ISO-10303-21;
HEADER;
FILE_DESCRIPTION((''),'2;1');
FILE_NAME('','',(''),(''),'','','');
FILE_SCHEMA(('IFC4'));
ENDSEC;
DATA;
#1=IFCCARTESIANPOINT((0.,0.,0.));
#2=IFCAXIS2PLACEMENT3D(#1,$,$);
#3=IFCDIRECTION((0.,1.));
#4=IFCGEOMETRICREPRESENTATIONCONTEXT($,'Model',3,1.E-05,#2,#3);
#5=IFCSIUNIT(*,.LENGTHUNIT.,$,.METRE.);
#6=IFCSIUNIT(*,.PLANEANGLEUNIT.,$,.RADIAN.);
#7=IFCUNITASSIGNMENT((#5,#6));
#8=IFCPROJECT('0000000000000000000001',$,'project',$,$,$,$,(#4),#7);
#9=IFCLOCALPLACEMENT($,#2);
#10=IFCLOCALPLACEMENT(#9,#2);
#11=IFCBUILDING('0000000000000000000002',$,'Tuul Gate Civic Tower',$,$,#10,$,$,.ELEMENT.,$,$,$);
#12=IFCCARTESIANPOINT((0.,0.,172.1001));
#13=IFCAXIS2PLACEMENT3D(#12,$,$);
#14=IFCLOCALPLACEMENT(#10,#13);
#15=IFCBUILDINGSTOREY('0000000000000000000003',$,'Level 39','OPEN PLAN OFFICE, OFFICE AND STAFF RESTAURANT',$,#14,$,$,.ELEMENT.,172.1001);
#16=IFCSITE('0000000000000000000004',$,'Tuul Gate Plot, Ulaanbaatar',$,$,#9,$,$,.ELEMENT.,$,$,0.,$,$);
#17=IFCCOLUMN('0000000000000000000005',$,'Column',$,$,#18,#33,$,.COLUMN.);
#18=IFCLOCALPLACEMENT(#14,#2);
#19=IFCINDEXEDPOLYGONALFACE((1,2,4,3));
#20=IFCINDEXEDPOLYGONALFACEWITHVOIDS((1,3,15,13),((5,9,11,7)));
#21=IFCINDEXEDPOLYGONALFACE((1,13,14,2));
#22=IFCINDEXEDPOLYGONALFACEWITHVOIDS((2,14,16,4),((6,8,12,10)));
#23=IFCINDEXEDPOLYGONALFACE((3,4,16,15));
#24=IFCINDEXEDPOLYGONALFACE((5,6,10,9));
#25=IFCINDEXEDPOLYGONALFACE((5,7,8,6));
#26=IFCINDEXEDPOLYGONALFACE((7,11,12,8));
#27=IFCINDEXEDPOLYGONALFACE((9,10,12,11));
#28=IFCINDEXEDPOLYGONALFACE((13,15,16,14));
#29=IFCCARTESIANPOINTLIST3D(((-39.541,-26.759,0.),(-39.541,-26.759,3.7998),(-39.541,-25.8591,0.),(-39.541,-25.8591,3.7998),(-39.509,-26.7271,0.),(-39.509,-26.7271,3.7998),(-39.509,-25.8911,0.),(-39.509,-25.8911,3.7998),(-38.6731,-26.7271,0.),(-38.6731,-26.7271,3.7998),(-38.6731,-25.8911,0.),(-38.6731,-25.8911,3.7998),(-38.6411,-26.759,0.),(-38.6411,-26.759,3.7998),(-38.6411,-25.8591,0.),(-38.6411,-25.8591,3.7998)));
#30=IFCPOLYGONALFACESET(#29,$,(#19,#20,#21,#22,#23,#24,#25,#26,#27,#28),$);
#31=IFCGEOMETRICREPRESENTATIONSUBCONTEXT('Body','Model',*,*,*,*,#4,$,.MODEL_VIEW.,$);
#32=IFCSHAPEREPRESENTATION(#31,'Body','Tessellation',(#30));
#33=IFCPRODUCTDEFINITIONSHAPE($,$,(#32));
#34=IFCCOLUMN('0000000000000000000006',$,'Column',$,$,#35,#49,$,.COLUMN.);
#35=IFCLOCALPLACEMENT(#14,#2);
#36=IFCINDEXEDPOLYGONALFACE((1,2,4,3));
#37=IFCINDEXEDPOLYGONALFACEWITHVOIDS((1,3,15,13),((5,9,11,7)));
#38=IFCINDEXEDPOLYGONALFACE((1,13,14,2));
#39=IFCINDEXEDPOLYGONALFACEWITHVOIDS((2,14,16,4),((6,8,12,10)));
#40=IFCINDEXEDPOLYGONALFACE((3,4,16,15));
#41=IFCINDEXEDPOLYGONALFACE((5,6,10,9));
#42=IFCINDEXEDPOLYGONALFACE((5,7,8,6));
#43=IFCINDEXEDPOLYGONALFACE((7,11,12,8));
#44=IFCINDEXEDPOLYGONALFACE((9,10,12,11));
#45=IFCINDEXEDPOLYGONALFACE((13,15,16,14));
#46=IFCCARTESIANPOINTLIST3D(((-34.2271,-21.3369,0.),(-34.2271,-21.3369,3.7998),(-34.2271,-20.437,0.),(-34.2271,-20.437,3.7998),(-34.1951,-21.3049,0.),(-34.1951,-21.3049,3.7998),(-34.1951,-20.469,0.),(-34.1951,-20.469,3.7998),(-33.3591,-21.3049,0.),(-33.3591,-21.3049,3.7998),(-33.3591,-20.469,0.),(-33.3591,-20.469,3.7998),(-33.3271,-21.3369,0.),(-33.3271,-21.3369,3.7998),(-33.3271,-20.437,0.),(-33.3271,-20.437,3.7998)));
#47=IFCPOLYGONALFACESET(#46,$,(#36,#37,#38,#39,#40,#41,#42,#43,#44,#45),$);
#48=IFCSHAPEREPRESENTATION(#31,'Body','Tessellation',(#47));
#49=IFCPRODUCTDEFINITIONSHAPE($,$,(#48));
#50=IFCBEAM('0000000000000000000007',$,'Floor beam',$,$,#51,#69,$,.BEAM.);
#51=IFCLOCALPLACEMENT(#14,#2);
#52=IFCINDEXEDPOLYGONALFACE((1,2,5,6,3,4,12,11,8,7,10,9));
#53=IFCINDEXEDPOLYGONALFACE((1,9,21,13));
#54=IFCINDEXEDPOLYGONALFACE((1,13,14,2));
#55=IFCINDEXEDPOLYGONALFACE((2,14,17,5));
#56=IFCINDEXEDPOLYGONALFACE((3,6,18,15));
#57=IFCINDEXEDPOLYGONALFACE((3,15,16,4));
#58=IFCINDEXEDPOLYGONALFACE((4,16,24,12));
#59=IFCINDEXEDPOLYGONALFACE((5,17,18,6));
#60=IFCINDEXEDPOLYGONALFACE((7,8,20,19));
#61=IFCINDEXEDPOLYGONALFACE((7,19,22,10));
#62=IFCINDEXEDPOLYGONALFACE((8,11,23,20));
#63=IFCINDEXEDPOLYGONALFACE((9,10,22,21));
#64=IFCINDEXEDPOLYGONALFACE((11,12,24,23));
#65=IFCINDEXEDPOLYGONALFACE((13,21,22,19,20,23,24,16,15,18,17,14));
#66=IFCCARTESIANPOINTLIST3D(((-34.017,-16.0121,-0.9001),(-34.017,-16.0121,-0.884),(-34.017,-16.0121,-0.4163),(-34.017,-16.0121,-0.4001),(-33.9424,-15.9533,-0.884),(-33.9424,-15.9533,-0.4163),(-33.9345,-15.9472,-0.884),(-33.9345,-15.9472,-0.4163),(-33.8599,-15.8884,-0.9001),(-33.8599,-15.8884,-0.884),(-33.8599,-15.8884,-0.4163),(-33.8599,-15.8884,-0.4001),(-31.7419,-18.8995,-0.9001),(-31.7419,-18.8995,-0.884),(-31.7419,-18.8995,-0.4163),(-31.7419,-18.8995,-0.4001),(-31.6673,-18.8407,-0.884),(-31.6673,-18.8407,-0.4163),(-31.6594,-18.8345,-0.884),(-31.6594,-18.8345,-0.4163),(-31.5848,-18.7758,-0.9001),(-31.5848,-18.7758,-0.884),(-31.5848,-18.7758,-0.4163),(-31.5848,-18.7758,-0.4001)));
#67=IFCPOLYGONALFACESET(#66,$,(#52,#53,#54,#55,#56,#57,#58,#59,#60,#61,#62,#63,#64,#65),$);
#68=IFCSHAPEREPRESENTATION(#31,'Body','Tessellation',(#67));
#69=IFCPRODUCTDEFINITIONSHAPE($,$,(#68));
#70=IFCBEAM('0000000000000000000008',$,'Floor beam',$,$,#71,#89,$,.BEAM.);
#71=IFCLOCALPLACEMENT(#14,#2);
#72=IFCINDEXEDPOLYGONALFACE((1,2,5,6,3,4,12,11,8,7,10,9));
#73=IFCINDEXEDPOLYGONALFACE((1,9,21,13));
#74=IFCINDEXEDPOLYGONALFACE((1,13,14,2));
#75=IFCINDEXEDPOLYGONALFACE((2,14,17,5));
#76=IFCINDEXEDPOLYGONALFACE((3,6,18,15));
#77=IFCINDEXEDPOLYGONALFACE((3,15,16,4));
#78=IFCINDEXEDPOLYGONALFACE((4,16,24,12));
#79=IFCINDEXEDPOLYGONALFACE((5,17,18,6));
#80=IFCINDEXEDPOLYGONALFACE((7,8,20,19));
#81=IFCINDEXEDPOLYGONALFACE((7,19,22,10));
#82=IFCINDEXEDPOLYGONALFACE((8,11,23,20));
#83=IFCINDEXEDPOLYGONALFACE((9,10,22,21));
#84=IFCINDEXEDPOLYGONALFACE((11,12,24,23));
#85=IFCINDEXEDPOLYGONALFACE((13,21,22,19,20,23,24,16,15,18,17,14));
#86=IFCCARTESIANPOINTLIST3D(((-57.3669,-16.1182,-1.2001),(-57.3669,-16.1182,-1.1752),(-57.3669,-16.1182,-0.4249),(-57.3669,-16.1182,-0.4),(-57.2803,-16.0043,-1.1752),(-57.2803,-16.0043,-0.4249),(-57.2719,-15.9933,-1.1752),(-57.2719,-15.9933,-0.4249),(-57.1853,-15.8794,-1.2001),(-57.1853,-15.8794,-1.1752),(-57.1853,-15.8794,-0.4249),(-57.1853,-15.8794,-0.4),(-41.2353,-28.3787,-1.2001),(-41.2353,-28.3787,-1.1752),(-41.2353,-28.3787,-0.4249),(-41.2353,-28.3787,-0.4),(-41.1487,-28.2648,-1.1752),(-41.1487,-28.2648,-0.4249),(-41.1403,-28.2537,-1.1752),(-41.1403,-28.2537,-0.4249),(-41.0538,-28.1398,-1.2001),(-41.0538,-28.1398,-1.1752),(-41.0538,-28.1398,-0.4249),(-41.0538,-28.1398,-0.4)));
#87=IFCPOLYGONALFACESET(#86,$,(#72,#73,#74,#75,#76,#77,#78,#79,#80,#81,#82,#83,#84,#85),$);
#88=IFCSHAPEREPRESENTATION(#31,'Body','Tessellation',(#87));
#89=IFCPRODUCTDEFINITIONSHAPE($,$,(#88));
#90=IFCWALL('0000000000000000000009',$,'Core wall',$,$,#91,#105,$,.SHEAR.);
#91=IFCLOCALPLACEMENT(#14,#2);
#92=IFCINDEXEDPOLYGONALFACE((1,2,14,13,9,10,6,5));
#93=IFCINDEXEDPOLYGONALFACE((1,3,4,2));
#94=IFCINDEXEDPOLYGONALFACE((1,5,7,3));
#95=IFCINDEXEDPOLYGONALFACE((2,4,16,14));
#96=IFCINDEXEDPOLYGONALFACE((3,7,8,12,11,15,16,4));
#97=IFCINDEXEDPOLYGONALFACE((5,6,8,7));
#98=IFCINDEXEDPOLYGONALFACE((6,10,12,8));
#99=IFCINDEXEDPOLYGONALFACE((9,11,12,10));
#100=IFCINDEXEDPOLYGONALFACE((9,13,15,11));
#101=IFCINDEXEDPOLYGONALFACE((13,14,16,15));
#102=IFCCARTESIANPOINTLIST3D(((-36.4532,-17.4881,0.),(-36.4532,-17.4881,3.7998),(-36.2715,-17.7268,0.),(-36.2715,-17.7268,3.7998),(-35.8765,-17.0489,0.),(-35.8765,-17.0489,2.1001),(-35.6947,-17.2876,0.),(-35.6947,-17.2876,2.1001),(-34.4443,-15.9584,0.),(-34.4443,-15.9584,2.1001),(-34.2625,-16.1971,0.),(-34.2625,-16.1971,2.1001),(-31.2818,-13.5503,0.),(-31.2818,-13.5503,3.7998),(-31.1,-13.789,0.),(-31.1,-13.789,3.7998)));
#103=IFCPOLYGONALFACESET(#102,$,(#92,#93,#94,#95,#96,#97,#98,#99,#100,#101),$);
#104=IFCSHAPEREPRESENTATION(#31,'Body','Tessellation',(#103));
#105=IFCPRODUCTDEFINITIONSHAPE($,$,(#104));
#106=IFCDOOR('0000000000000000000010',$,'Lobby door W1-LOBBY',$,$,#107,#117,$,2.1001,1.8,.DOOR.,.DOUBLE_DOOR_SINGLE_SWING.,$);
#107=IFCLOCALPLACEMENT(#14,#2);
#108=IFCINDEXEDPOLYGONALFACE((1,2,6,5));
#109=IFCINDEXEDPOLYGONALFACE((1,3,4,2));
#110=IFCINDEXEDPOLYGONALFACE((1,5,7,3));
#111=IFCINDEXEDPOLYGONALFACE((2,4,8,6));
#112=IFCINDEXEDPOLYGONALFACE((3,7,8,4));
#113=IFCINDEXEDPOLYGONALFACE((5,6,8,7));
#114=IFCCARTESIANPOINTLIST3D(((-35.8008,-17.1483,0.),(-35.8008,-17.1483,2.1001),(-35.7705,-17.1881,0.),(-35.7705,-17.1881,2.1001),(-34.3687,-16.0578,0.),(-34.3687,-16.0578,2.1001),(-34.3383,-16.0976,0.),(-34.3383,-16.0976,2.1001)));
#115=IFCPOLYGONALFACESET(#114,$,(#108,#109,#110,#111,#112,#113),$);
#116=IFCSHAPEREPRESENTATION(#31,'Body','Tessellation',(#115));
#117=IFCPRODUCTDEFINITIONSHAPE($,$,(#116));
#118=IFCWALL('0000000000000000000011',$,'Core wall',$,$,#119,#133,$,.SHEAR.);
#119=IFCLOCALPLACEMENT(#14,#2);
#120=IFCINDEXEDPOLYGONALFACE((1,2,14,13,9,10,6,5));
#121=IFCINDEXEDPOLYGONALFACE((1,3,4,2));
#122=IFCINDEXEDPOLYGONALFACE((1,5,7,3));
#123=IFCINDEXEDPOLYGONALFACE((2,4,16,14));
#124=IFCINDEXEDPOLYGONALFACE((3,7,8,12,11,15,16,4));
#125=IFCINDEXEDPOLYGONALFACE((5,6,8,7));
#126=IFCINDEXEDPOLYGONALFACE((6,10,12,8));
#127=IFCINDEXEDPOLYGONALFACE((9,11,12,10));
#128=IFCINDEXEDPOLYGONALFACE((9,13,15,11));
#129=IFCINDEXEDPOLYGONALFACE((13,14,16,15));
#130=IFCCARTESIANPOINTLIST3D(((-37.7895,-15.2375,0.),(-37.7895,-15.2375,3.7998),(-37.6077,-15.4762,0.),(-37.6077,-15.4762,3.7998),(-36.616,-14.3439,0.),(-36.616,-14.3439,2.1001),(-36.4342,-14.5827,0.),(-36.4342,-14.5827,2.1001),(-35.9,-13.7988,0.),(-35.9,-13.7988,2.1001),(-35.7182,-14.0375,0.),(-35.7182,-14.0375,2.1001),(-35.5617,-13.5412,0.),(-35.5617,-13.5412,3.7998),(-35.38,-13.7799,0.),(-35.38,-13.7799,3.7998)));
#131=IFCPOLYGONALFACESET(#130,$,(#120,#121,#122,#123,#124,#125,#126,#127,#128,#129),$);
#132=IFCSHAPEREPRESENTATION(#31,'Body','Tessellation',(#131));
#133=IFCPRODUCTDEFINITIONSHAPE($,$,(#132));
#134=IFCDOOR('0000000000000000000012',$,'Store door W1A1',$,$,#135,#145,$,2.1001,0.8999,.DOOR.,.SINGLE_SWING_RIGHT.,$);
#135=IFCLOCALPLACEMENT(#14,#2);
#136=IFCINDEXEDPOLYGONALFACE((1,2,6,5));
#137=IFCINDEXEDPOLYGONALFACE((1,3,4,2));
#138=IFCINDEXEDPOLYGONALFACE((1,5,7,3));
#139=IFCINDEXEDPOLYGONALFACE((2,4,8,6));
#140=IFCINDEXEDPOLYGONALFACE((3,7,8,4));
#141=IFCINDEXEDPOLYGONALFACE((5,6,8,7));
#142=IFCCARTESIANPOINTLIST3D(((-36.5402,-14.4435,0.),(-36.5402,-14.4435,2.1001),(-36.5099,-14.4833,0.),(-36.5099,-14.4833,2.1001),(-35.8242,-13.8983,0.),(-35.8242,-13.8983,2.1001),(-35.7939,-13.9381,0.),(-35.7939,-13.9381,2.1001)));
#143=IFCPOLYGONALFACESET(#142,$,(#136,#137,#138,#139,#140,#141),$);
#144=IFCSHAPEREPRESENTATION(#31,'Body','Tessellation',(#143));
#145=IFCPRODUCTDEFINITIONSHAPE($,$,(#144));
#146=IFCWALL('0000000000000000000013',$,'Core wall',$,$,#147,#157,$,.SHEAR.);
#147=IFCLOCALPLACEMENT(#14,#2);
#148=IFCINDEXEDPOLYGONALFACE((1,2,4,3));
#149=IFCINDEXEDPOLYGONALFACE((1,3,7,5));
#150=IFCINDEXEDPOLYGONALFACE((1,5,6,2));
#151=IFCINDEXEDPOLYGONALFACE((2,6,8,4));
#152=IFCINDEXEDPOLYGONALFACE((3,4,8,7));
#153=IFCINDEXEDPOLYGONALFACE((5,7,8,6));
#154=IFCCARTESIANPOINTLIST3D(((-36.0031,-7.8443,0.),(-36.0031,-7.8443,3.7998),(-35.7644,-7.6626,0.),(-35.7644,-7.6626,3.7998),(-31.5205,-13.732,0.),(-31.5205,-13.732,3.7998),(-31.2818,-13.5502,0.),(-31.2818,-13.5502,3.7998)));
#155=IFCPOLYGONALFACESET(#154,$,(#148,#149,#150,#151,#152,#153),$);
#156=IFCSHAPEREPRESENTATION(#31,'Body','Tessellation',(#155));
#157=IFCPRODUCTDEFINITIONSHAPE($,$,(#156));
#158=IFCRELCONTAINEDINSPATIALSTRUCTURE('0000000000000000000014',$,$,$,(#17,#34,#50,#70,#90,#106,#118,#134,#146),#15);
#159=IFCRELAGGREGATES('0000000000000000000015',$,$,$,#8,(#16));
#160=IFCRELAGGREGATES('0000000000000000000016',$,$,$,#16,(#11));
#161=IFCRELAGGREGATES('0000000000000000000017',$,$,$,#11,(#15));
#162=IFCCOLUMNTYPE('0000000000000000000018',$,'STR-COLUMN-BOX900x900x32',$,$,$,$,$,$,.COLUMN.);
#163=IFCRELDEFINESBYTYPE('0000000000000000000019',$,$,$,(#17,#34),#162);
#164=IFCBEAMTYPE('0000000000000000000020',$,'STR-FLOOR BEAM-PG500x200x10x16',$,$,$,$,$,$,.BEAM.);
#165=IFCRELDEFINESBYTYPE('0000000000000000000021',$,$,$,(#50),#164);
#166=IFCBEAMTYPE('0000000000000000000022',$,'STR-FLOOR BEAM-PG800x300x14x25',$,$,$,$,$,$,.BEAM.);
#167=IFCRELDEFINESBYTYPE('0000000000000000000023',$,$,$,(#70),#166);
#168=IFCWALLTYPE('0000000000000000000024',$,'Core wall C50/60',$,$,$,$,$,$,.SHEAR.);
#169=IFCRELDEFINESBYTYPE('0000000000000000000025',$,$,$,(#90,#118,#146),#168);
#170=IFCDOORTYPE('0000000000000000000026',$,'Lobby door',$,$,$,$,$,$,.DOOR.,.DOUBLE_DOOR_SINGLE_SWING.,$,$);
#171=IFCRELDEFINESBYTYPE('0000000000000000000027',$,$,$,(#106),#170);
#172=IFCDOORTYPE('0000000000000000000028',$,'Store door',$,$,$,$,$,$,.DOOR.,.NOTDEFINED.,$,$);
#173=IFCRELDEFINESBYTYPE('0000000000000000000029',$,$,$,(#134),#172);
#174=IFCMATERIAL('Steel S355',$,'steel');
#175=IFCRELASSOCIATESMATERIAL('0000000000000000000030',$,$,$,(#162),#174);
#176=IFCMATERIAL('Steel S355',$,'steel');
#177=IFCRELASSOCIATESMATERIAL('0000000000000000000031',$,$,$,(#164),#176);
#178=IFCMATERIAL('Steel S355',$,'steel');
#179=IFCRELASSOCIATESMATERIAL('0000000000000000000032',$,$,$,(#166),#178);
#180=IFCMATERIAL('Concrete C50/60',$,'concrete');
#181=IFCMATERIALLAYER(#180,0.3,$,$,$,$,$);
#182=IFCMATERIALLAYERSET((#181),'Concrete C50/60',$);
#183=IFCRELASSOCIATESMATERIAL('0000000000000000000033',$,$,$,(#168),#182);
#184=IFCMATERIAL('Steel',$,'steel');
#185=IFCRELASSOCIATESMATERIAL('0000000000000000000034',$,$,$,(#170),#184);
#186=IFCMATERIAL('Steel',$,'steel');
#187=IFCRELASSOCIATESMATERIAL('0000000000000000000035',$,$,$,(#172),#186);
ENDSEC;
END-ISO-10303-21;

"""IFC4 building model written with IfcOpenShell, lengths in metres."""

from ifc_helpers import new_model, si_unit, direction, frame, frame_2d, origin, origin_2d, place, context, subcontext, project, spatial, rectangle, hollow_rectangle, i_section, extrude, material, layer, layer_set, material_profile, profile_set, type_object, element, fill, save


model = new_model("IFC4")

# Units and contexts
model_context = context("Model", 3, precision=1e-05, world=origin(), true_north=direction((0.0, 1.0)))
body_context = subcontext(model_context, "Body", "Model", "MODEL_VIEW")
ifc_project = project(units=[si_unit("LENGTHUNIT", "METRE"), si_unit("PLANEANGLEUNIT", "RADIAN")], contexts=[model_context])

# Site, building, storey
site_placement = place(None, origin())
site = spatial("IfcSite", under=ifc_project, at=site_placement, Name="Tuul Gate Plot, Ulaanbaatar", CompositionType="ELEMENT", RefElevation=0.0)
building_placement = place(site_placement, origin())
building = spatial("IfcBuilding", under=site, at=building_placement, Name="Tuul Gate Civic Tower", CompositionType="ELEMENT")
storey_placement = place(building_placement, frame((0.0, 0.0, 172.1001)))
storey = spatial("IfcBuildingStorey", under=building, at=storey_placement, Name="Level 39", Description="OPEN PLAN OFFICE, OFFICE AND STAFF RESTAURANT", CompositionType="ELEMENT", Elevation=172.1001)

# Columns
ifc_material_1 = material(Name="Steel S355", Category="steel")
ifc_material_profile_1 = material_profile(ifc_material_1, hollow_rectangle(XDim=0.8999, YDim=0.8999, WallThickness=0.032, at=origin_2d()), Name="BOX900x900x32")
ifc_profile_set_1 = profile_set([ifc_material_profile_1], Name="Steel S355")
column_type = type_object("IfcColumnType", Name="STR-COLUMN-BOX900x900x32", PredefinedType="COLUMN", material=ifc_profile_set_1)
for number, where, z_axis, x_axis, name in (
    (1, (-39.0911, -26.3091, 0.0), (0.0, 0.0, 1.0), (1.0, 0.0, 0.0), "Column"),
    (2, (-33.7771, -20.887, 0.0), (0.0, 0.0, 1.0), (1.0, 0.0, 0.0), "Column"),
):
    element("IfcColumn", number, at=place(storey_placement, frame(where, z_axis=z_axis, x_axis=x_axis)), inside=storey, type_object=column_type, Name=name, PredefinedType="COLUMN", context=body_context, shape_type="SweptSolid", body=[
        extrude(hollow_rectangle(XDim=0.8999, YDim=0.8999, WallThickness=0.032, at=origin_2d()), origin(), (0.0, 0.0, 1.0), 3.7998),
    ])

# Beams
ifc_material_2 = material(Name="Steel S355", Category="steel")
ifc_material_profile_2 = material_profile(ifc_material_2, i_section(OverallWidth=0.2, OverallDepth=0.5, WebThickness=0.01, FlangeThickness=0.0161, at=origin_2d()), Name="PG500x200x10x16")
ifc_profile_set_2 = profile_set([ifc_material_profile_2], Name="Steel S355")
beam_type_1 = type_object("IfcBeamType", Name="STR-FLOOR BEAM-PG500x200x10x16", PredefinedType="BEAM", material=ifc_profile_set_2)
beam_1_placement = place(storey_placement, frame((-31.6633, -18.8376, -0.6501), z_axis=(-0.618903, 0.785467, 0.0), x_axis=(-0.785467, -0.618903, 0.0)))
element("IfcBeam", 3, at=beam_1_placement, inside=storey, type_object=beam_type_1, Name="Floor beam", PredefinedType="BEAM", context=body_context, shape_type="SweptSolid", body=[
    extrude(i_section(OverallWidth=0.2, OverallDepth=0.5, WebThickness=0.01, FlangeThickness=0.0161, at=origin_2d()), origin(), (0.0, 0.0, 1.0), 3.676),
])
ifc_material_3 = material(Name="Steel S355", Category="steel")
ifc_material_profile_3 = material_profile(ifc_material_3, i_section(OverallWidth=0.3, OverallDepth=0.8, WebThickness=0.0139, FlangeThickness=0.0249, at=origin_2d()), Name="PG800x300x14x25")
ifc_profile_set_3 = profile_set([ifc_material_profile_3], Name="Steel S355")
beam_type_2 = type_object("IfcBeamType", Name="STR-FLOOR BEAM-PG800x300x14x25", PredefinedType="BEAM", material=ifc_profile_set_3)
beam_2_placement = place(storey_placement, frame((-41.1445, -28.2593, -0.8), z_axis=(-0.796151, 0.605099, 0.0), x_axis=(-0.605099, -0.796151, 0.0)))
element("IfcBeam", 4, at=beam_2_placement, inside=storey, type_object=beam_type_2, Name="Floor beam", PredefinedType="BEAM", context=body_context, shape_type="SweptSolid", body=[
    extrude(i_section(OverallWidth=0.3, OverallDepth=0.8, WebThickness=0.0139, FlangeThickness=0.0249, at=origin_2d()), origin(), (0.0, 0.0, 1.0), 20.262),
])

# Walls, openings, doors
ifc_material_4 = material(Name="Concrete C50/60", Category="concrete")
ifc_layer_1 = layer(ifc_material_4, 0.3)
ifc_layer_set_1 = layer_set([ifc_layer_1], Name="Concrete C50/60")
wall_type_1 = type_object("IfcWallType", Name="Core wall C50/60", PredefinedType="SHEAR", material=ifc_layer_set_1)
wall_1_placement = place(storey_placement, frame((-31.1909, -13.6697, 0.0), z_axis=(0.0, 0.0, 1.0), x_axis=(-0.795607, -0.605813, 0.0)))
wall_1 = element("IfcWall", 5, at=wall_1_placement, inside=storey, type_object=wall_type_1, Name="Core wall", PredefinedType="SHEAR", context=body_context, shape_type="SweptSolid", body=[
    extrude(rectangle(XDim=6.5, YDim=0.3, at=frame_2d((3.25, 0.0))), origin(), (0.0, 0.0, 1.0), 3.7998),
])
opening_1_placement = place(wall_1_placement, frame((3.9751, 0.0, 0.0)))
opening_1 = element("IfcOpeningElement", 6, at=opening_1_placement, cuts=wall_1, PredefinedType="OPENING", context=body_context, shape_type="SweptSolid", body=[
    extrude(rectangle(XDim=1.8, YDim=2.1001, at=frame_2d((0.8999, 1.05))), frame((0.0, 0.1602, 0.0), z_axis=(0.0, -1.0, 0.0), x_axis=(1.0, 0.0, 0.0)), (0.0, 0.0, 1.0), 0.3201),
])
ifc_material_5 = material(Name="Steel", Category="steel")
door_type_1 = type_object("IfcDoorType", Name="Lobby door", OperationType="DOUBLE_DOOR_SINGLE_SWING", PredefinedType="DOOR", material=ifc_material_5)
door_1_placement = place(opening_1_placement, origin())
door_1 = element("IfcDoor", 7, at=door_1_placement, inside=storey, type_object=door_type_1, Name="Lobby door W1-LOBBY", OperationType="DOUBLE_DOOR_SINGLE_SWING", OverallHeight=2.1001, OverallWidth=1.8, PredefinedType="DOOR", context=body_context, shape_type="SweptSolid", body=[
    extrude(rectangle(XDim=1.8, YDim=2.1001, at=frame_2d((0.8999, 1.05))), frame((0.0, 0.0249, 0.0), z_axis=(0.0, -1.0, 0.0), x_axis=(1.0, 0.0, 0.0)), (0.0, 0.0, 1.0), 0.05),
])
fill(opening_1, door_1)
wall_2_placement = place(storey_placement, frame((-35.4709, -13.6606, 0.0), z_axis=(0.0, 0.0, 1.0), x_axis=(-0.795616, -0.605802, 0.0)))
wall_2 = element("IfcWall", 8, at=wall_2_placement, inside=storey, type_object=wall_type_1, Name="Core wall", PredefinedType="SHEAR", context=body_context, shape_type="SweptSolid", body=[
    extrude(rectangle(XDim=2.8, YDim=0.3, at=frame_2d((1.3999, 0.0))), origin(), (0.0, 0.0, 1.0), 3.7998),
])
opening_2_placement = place(wall_2_placement, frame((0.425, 0.0, 0.0)))
opening_2 = element("IfcOpeningElement", 9, at=opening_2_placement, cuts=wall_2, PredefinedType="OPENING", context=body_context, shape_type="SweptSolid", body=[
    extrude(rectangle(XDim=0.8999, YDim=2.1001, at=frame_2d((0.45, 1.05))), frame((0.0, 0.1602, 0.0), z_axis=(0.0, -1.0, 0.0), x_axis=(1.0, 0.0, 0.0)), (0.0, 0.0, 1.0), 0.3201),
])
ifc_material_6 = material(Name="Steel", Category="steel")
door_type_2 = type_object("IfcDoorType", Name="Store door", OperationType="NOTDEFINED", PredefinedType="DOOR", material=ifc_material_6)
door_2_placement = place(opening_2_placement, frame((0.8999, 0.0, 0.0), z_axis=(0.0, 0.0, 1.0), x_axis=(-1.0, 0.0, 0.0)))
door_2 = element("IfcDoor", 10, at=door_2_placement, inside=storey, type_object=door_type_2, Name="Store door W1A1", OperationType="SINGLE_SWING_RIGHT", OverallHeight=2.1001, OverallWidth=0.8999, PredefinedType="DOOR", context=body_context, shape_type="SweptSolid", body=[
    extrude(rectangle(XDim=0.8999, YDim=2.1001, at=frame_2d((0.45, 1.05))), frame((0.0, 0.0249, 0.0), z_axis=(0.0, -1.0, 0.0), x_axis=(1.0, 0.0, 0.0)), (0.0, 0.0, 1.0), 0.05),
])
fill(opening_2, door_2)

# Wall
wall_3_placement = place(storey_placement, frame((-31.4011, -13.6411, 0.0), z_axis=(0.0, 0.0, 1.0), x_axis=(-0.60577, 0.79564, 0.0)))
element("IfcWall", 11, at=wall_3_placement, inside=storey, type_object=wall_type_1, Name="Core wall", PredefinedType="SHEAR", context=body_context, shape_type="SweptSolid", body=[
    extrude(rectangle(XDim=7.3999, YDim=0.3, at=frame_2d((3.7, 0.0))), origin(), (0.0, 0.0, 1.0), 3.7998),
])

save(model, "model.ifc")
